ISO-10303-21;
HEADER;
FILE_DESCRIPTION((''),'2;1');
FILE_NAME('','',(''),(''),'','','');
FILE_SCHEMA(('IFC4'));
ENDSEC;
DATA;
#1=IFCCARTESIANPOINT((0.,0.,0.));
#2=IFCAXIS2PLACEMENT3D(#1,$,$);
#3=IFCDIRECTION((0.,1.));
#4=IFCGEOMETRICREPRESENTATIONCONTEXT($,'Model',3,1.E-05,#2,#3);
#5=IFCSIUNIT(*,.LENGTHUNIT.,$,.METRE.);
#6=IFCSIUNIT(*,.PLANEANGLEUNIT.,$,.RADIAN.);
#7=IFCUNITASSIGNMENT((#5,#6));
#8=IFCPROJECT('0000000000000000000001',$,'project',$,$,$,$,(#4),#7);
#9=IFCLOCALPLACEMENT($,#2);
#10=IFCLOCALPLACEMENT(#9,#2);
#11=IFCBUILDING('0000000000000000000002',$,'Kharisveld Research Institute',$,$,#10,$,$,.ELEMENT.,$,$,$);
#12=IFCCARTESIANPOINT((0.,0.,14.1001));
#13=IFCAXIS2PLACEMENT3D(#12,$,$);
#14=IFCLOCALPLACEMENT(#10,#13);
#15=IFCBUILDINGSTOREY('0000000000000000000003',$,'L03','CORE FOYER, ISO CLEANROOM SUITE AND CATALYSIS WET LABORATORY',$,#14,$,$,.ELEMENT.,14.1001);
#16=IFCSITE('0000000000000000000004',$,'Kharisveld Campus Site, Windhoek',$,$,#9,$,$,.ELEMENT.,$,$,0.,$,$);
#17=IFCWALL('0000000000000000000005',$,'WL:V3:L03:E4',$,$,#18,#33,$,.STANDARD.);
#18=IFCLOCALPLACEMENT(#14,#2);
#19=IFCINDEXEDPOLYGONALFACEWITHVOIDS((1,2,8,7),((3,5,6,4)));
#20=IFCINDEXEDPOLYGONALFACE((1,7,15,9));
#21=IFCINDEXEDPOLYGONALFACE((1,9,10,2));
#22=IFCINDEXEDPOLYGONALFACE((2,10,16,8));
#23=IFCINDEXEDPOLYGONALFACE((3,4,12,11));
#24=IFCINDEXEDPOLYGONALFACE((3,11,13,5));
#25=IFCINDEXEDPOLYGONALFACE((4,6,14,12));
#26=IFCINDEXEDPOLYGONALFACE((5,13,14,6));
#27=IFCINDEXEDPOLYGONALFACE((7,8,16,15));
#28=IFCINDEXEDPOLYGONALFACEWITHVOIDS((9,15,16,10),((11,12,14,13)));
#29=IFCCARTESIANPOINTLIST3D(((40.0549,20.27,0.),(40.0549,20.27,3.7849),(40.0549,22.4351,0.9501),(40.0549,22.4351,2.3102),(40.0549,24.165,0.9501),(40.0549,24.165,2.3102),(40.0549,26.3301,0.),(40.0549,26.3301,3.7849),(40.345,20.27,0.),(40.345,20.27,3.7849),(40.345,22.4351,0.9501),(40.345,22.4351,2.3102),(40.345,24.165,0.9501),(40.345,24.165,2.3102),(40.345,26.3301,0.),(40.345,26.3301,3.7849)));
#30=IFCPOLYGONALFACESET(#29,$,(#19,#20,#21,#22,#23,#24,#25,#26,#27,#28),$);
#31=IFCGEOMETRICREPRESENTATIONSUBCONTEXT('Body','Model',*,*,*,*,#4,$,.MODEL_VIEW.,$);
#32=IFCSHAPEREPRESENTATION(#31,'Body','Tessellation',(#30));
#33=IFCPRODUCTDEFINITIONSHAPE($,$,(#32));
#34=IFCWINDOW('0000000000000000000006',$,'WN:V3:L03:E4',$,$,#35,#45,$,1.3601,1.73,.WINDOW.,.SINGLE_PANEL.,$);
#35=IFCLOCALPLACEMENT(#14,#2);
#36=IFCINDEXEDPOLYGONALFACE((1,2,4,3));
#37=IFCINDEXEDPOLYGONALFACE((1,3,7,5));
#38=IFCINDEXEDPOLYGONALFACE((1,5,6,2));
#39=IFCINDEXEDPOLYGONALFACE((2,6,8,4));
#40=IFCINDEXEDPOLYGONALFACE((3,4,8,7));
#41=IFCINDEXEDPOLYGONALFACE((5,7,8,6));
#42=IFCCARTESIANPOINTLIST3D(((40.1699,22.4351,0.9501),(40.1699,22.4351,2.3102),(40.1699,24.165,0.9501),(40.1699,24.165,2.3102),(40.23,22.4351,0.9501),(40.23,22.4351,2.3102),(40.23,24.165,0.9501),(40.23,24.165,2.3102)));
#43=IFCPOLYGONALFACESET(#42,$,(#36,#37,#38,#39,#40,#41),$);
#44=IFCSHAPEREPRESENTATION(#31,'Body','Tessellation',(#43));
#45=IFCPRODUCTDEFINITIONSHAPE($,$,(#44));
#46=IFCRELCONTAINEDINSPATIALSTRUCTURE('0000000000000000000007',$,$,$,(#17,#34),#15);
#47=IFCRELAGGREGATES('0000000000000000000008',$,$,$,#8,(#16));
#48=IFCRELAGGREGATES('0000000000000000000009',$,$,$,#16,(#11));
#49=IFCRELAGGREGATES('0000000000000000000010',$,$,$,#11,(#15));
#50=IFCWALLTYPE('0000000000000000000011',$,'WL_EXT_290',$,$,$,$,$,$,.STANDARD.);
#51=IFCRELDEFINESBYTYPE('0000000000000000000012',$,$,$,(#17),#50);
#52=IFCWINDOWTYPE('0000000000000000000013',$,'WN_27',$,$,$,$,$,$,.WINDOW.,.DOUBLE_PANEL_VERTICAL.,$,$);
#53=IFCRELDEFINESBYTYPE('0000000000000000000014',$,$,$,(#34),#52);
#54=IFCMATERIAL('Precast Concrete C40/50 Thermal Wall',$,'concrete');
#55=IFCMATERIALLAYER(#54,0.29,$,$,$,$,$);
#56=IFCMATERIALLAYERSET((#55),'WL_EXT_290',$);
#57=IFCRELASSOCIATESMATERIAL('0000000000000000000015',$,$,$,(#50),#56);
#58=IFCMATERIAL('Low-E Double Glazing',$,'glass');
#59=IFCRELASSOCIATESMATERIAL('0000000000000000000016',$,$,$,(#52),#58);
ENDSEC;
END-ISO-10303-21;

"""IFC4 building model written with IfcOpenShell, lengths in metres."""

from ifc_helpers import new_model, si_unit, direction, frame, frame_2d, origin, place, context, subcontext, project, spatial, rectangle, extrude, material, layer, layer_set, type_object, element, fill, save


model = new_model("IFC4")

# Units and contexts
model_context = context("Model", 3, precision=1e-05, world=origin(), true_north=direction((0.0, 1.0)))
body_context = subcontext(model_context, "Body", "Model", "MODEL_VIEW")
ifc_project = project(units=[si_unit("LENGTHUNIT", "METRE"), si_unit("PLANEANGLEUNIT", "RADIAN")], contexts=[model_context])

# Site, building, storey
site_placement = place(None, origin())
site = spatial("IfcSite", under=ifc_project, at=site_placement, Name="Kharisveld Campus Site, Windhoek", CompositionType="ELEMENT", RefElevation=0.0)
building_placement = place(site_placement, origin())
building = spatial("IfcBuilding", under=site, at=building_placement, Name="Kharisveld Research Institute", CompositionType="ELEMENT")
storey_placement = place(building_placement, frame((0.0, 0.0, 14.1001)))
storey = spatial("IfcBuildingStorey", under=building, at=storey_placement, Name="L03", Description="CORE FOYER, ISO CLEANROOM SUITE AND CATALYSIS WET LABORATORY", CompositionType="ELEMENT", Elevation=14.1001)

# Wall, opening, window
ifc_material_1 = material(Name="Precast Concrete C40/50 Thermal Wall", Category="concrete")
ifc_layer_1 = layer(ifc_material_1, 0.29)
ifc_layer_set_1 = layer_set([ifc_layer_1], Name="WL_EXT_290")
wall_type = type_object("IfcWallType", Name="WL_EXT_290", PredefinedType="STANDARD", material=ifc_layer_set_1)
wall_placement = place(storey_placement, frame((40.2, 26.3301, 0.0), z_axis=(0.0, 0.0, 1.0), x_axis=(0.0, -1.0, 0.0)))
wall = element("IfcWall", 1, at=wall_placement, inside=storey, type_object=wall_type, Name="WL:V3:L03:E4", PredefinedType="STANDARD", context=body_context, shape_type="SweptSolid", body=[
    extrude(rectangle(XDim=6.0601, YDim=0.29, at=frame_2d((3.03, 0.0))), origin(), (0.0, 0.0, 1.0), 3.7849),
])
opening_placement = place(wall_placement, frame((2.165, 0.0, 0.95)))
opening = element("IfcOpeningElement", 2, at=opening_placement, cuts=wall, PredefinedType="OPENING", context=body_context, shape_type="SweptSolid", body=[
    extrude(rectangle(XDim=1.73, YDim=1.3601, at=frame_2d((0.865, 0.6802))), frame((0.0, 0.145, 0.0), z_axis=(0.0, -1.0, 0.0), x_axis=(1.0, 0.0, 0.0)), (0.0, 0.0, 1.0), 0.29),
])
ifc_material_2 = material(Name="Low-E Double Glazing", Category="glass")
window_type = type_object("IfcWindowType", Name="WN_27", PartitioningType="DOUBLE_PANEL_VERTICAL", PredefinedType="WINDOW", material=ifc_material_2)
window_placement = place(opening_placement, origin())
window = element("IfcWindow", 3, at=window_placement, inside=storey, type_object=window_type, Name="WN:V3:L03:E4", OverallHeight=1.3601, OverallWidth=1.73, PartitioningType="SINGLE_PANEL", PredefinedType="WINDOW", context=body_context, shape_type="SweptSolid", body=[
    extrude(rectangle(XDim=1.73, YDim=1.3601, at=frame_2d((0.865, 0.6802))), frame((0.0, 0.03, 0.0), z_axis=(0.0, -1.0, 0.0), x_axis=(1.0, 0.0, 0.0)), (0.0, 0.0, 1.0), 0.0601),
])
fill(opening, window)

save(model, "model.ifc")
